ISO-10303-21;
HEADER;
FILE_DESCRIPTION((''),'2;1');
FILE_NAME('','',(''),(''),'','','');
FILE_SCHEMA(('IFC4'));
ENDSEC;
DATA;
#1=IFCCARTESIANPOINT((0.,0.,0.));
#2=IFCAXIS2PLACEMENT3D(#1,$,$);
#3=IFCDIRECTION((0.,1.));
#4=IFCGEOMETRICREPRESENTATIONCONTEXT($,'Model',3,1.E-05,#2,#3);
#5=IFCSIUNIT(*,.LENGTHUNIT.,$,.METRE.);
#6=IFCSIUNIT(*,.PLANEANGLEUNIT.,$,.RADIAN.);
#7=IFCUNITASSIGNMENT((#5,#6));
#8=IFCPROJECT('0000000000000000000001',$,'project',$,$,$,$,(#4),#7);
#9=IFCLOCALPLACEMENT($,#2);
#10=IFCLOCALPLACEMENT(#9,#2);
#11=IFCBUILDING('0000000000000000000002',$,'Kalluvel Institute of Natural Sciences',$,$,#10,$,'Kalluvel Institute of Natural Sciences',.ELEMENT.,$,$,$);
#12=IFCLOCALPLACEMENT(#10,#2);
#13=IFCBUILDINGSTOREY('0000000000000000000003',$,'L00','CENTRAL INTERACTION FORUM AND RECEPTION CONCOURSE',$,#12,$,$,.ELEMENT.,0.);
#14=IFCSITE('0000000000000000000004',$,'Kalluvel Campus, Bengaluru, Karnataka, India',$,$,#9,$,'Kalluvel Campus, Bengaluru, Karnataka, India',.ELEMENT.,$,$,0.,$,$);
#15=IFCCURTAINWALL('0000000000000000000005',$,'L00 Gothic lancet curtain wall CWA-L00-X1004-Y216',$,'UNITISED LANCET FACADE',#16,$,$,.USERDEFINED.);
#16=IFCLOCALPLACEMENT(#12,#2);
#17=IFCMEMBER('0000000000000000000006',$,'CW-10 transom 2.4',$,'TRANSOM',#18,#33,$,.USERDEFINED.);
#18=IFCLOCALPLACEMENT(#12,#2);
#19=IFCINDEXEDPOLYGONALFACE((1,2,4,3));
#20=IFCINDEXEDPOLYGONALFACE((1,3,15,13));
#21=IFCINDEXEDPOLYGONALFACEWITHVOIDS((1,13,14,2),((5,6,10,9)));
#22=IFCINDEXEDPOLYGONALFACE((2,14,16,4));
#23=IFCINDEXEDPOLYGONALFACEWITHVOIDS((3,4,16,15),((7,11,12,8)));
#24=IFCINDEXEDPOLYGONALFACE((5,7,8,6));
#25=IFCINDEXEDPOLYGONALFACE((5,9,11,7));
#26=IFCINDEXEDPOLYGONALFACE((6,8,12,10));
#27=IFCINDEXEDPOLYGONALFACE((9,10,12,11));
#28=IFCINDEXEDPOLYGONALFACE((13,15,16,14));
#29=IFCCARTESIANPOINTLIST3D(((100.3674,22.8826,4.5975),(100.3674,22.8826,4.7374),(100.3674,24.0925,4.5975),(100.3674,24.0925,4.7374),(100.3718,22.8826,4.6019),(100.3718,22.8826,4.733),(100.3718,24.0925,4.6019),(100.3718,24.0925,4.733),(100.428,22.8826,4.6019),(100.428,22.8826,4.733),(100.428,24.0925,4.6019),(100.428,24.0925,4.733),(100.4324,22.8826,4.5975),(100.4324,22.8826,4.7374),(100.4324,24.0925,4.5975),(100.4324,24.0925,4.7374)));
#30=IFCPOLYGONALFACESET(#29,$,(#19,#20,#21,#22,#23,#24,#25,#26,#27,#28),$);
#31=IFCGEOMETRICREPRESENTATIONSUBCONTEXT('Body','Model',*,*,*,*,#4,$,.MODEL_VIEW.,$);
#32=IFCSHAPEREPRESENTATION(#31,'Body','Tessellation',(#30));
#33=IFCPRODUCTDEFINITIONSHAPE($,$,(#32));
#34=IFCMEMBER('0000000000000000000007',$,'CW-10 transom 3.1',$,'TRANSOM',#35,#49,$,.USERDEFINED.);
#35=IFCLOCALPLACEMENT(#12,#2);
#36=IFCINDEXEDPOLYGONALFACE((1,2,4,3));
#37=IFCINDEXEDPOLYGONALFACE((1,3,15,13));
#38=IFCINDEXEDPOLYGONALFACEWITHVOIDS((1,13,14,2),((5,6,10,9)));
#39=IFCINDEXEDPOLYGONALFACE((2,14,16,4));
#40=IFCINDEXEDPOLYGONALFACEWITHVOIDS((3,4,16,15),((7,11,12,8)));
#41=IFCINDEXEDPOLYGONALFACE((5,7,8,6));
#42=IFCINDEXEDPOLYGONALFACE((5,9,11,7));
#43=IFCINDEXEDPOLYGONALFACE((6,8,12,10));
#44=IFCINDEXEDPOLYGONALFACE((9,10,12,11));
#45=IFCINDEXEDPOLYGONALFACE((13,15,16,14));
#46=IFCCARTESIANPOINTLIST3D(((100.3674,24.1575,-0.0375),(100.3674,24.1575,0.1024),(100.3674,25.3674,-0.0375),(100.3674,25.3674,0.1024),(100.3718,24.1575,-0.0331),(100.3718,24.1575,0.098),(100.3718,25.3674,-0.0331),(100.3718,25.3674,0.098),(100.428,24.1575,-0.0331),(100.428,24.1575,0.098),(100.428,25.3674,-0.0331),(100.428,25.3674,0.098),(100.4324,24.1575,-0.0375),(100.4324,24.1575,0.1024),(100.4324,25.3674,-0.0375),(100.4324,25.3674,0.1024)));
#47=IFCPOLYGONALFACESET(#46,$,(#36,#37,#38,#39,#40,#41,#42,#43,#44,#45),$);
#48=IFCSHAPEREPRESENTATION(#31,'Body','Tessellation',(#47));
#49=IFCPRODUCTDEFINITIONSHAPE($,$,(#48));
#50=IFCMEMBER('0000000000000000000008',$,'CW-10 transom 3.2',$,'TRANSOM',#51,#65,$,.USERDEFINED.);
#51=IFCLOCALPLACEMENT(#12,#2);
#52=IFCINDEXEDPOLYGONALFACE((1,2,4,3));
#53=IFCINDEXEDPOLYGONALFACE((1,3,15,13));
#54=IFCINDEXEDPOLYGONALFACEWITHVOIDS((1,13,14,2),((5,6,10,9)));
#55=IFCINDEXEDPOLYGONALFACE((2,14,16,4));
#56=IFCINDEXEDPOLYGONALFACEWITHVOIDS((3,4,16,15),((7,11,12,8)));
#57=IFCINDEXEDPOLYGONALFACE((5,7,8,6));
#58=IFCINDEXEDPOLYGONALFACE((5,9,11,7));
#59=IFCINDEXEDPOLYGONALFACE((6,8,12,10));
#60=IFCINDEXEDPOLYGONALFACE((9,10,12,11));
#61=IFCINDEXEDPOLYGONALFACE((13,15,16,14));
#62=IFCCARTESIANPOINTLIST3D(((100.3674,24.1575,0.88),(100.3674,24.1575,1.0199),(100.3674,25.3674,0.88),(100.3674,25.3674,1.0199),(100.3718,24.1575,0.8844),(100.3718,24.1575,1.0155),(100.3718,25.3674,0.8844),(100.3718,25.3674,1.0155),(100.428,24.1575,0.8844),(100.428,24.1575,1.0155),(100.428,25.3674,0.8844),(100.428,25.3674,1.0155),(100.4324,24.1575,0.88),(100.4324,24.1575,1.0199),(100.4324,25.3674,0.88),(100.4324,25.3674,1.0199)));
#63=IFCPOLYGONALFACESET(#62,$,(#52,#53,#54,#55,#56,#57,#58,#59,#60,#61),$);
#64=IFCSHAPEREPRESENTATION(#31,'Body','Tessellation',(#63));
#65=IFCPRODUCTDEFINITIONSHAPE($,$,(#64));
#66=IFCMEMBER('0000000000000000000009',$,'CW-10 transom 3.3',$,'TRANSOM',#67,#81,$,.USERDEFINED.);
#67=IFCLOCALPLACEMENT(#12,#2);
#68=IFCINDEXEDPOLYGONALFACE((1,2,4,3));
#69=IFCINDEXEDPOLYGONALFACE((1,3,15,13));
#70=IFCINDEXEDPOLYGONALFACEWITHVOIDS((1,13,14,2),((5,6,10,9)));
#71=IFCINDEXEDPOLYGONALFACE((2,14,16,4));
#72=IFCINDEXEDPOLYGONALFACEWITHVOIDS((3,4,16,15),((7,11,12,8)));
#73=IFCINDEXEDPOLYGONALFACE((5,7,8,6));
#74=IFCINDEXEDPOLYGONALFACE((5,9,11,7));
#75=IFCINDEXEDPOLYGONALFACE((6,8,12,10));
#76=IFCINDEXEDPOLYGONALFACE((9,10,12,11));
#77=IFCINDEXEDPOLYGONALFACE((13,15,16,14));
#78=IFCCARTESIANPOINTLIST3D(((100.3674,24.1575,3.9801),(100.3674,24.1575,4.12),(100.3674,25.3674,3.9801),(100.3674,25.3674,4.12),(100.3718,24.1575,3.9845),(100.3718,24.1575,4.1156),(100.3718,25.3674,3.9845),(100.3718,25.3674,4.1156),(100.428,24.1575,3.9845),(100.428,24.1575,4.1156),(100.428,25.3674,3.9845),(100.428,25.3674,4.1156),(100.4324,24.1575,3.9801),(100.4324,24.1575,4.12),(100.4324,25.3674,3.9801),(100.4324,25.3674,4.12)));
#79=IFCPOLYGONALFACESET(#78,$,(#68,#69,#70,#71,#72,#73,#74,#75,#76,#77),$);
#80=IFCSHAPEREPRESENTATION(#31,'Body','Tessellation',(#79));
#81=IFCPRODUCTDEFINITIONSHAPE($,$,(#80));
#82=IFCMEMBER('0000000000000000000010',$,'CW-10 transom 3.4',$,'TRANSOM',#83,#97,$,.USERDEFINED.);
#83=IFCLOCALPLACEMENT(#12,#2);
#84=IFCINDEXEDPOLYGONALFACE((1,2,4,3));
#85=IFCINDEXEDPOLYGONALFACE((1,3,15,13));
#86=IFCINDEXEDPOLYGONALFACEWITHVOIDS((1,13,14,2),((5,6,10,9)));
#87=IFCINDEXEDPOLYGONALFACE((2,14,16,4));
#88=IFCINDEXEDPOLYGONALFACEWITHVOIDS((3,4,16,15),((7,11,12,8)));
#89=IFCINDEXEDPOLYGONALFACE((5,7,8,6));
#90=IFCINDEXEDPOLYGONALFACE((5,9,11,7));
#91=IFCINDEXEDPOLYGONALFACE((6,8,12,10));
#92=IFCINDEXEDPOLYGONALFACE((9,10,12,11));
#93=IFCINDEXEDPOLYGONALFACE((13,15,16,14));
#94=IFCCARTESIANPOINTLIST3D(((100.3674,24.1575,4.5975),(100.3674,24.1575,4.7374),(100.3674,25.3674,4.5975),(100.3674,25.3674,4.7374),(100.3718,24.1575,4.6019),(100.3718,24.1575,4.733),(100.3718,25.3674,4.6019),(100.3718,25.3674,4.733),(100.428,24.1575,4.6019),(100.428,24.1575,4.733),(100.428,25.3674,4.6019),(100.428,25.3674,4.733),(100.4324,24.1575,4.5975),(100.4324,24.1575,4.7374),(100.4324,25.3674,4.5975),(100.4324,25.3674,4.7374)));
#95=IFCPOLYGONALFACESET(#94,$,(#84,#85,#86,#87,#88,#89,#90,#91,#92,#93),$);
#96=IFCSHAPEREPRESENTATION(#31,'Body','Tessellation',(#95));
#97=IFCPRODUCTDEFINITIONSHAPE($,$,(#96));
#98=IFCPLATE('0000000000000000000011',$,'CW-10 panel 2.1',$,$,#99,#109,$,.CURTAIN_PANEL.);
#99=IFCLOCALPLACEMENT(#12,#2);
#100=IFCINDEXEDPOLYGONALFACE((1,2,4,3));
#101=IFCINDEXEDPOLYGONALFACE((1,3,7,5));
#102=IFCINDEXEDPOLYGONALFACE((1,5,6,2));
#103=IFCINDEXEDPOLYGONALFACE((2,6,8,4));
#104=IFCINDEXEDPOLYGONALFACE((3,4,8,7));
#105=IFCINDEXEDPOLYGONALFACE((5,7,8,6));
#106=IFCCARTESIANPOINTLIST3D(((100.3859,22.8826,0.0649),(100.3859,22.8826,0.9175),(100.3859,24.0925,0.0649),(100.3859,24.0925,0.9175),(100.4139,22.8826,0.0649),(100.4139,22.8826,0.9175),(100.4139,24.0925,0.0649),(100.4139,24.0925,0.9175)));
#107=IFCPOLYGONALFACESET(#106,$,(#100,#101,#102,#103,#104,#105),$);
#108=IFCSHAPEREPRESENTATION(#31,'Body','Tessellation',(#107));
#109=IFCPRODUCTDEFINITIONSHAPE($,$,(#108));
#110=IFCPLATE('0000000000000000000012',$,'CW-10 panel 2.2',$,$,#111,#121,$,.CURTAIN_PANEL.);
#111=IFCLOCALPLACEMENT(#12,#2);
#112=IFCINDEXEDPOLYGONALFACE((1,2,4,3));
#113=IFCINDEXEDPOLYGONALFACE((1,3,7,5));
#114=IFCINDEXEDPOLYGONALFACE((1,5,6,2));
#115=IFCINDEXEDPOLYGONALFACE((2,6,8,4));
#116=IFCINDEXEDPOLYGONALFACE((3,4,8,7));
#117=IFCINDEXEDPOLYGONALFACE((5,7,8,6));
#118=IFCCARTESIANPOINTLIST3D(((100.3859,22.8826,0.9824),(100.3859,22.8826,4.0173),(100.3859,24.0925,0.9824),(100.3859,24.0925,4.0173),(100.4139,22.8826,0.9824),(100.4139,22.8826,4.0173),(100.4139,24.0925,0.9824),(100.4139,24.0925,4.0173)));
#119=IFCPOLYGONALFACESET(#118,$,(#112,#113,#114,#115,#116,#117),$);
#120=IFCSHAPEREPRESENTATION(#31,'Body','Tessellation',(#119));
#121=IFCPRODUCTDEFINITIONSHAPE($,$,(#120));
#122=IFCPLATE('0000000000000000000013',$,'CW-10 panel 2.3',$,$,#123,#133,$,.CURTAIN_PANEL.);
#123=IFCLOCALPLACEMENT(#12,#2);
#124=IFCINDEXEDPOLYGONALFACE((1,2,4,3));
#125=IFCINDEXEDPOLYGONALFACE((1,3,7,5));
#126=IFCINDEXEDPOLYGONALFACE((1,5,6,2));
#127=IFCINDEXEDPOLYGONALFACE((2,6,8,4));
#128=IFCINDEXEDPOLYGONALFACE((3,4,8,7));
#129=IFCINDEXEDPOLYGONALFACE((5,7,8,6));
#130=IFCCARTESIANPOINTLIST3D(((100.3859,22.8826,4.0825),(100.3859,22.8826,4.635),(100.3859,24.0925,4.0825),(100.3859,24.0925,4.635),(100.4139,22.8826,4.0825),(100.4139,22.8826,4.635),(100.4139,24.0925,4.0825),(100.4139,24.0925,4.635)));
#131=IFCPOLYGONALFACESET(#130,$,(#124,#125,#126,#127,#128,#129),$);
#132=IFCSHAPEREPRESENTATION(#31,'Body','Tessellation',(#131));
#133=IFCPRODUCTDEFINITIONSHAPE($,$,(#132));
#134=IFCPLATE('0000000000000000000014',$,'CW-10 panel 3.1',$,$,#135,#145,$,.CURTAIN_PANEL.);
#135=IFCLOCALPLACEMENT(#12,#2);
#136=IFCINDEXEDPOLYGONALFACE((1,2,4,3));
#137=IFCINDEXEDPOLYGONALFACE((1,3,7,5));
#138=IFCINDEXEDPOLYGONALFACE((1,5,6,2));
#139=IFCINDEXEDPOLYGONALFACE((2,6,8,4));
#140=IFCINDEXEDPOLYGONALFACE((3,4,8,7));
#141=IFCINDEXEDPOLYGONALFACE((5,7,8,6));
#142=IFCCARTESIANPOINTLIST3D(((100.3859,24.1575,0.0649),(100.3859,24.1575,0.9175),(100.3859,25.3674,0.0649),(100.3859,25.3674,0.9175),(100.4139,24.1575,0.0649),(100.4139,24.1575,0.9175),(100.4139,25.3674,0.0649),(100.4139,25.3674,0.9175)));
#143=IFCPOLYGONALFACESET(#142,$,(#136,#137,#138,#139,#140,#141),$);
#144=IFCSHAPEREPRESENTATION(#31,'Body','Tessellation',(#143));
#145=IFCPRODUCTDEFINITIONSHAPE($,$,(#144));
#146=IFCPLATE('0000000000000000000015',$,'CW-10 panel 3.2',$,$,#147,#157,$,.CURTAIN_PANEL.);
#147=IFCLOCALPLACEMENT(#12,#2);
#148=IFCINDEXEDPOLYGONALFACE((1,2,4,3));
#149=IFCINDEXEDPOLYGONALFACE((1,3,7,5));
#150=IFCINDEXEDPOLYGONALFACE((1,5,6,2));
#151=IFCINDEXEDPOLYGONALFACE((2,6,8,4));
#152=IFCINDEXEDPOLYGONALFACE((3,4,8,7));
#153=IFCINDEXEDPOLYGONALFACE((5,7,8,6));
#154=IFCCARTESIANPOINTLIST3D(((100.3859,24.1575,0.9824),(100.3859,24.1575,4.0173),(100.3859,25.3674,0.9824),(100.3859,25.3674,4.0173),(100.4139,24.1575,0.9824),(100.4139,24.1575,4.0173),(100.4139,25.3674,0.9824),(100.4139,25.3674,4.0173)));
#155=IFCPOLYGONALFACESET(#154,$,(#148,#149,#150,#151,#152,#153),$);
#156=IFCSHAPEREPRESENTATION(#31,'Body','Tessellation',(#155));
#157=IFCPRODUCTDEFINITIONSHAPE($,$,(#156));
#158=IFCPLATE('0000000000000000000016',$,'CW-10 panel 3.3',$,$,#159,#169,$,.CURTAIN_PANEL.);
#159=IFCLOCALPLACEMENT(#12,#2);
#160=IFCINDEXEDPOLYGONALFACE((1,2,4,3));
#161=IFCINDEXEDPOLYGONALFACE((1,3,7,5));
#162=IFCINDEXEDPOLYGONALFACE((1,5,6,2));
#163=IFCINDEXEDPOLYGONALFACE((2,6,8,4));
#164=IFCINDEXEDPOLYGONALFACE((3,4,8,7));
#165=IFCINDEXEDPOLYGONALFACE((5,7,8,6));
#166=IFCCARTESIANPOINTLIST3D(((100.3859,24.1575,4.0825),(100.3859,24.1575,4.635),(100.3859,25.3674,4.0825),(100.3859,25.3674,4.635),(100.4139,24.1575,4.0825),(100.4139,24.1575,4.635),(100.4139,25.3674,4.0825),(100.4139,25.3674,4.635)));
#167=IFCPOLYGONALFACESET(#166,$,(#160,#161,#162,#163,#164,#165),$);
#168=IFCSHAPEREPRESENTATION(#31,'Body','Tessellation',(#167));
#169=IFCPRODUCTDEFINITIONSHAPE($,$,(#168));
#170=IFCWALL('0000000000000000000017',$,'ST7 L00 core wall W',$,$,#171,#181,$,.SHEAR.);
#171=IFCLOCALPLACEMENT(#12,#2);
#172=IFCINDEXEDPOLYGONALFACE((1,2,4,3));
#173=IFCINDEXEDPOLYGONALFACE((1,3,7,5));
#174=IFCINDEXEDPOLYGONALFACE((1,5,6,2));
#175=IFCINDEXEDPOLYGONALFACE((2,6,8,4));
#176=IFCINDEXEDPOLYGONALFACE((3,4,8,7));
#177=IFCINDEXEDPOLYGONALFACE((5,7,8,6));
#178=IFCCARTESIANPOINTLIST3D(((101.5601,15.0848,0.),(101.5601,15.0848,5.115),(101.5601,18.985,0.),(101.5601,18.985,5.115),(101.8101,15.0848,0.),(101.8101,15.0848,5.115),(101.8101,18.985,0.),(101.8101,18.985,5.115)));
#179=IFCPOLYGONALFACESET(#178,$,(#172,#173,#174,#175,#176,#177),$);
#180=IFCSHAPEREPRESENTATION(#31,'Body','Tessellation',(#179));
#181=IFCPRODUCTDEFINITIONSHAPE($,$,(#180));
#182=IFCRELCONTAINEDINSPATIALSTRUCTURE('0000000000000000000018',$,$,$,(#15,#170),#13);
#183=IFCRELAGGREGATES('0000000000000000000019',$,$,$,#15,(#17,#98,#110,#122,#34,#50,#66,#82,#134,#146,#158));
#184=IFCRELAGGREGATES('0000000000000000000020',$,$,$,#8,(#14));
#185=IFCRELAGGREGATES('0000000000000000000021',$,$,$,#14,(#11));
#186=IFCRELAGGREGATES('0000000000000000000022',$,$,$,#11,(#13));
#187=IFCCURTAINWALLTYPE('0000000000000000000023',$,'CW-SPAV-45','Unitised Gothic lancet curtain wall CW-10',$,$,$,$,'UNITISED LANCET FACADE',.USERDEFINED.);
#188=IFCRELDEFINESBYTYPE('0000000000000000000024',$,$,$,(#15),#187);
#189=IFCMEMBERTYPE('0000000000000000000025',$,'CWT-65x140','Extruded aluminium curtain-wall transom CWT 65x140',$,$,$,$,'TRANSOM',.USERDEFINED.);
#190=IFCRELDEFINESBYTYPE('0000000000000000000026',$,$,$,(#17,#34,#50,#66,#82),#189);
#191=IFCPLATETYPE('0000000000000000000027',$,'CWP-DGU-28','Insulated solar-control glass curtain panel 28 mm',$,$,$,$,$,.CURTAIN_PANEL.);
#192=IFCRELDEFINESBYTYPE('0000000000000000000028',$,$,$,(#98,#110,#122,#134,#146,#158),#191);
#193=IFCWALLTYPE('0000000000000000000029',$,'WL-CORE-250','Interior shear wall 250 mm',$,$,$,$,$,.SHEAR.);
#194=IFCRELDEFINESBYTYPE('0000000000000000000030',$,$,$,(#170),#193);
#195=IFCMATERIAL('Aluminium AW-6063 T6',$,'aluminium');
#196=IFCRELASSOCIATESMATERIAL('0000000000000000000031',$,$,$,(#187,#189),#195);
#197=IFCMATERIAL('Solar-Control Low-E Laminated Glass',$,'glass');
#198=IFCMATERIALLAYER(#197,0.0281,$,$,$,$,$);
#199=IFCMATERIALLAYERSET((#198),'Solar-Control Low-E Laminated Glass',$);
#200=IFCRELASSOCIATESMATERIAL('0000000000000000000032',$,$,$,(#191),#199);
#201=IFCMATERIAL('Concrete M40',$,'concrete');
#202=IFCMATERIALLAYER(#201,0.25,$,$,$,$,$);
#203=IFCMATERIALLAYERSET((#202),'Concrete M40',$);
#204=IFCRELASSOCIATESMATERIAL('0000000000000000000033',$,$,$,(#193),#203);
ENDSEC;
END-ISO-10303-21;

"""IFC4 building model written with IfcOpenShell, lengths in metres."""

from ifc_helpers import new_model, si_unit, direction, frame, frame_2d, origin, origin_2d, place, context, subcontext, project, spatial, rectangle, hollow_rectangle, extrude, material, layer, layer_set, material_profile, profile_set, type_object, element, aggregate, save


model = new_model("IFC4")

# Units and contexts
model_context = context("Model", 3, precision=1e-05, world=origin(), true_north=direction((0.0, 1.0)))
body_context = subcontext(model_context, "Body", "Model", "MODEL_VIEW")
ifc_project = project(units=[si_unit("LENGTHUNIT", "METRE"), si_unit("PLANEANGLEUNIT", "RADIAN")], contexts=[model_context])

# Site, building, storey
site_placement = place(None, origin())
site = spatial("IfcSite", under=ifc_project, at=site_placement, Name="Kalluvel Campus, Bengaluru, Karnataka, India", LongName="Kalluvel Campus, Bengaluru, Karnataka, India", CompositionType="ELEMENT", RefElevation=0.0)
building_placement = place(site_placement, origin())
building = spatial("IfcBuilding", under=site, at=building_placement, Name="Kalluvel Institute of Natural Sciences", LongName="Kalluvel Institute of Natural Sciences", CompositionType="ELEMENT")
storey_placement = place(building_placement, origin())
storey = spatial("IfcBuildingStorey", under=building, at=storey_placement, Name="L00", Description="CENTRAL INTERACTION FORUM AND RECEPTION CONCOURSE", CompositionType="ELEMENT", Elevation=0.0)

# Shared definitions
ifc_material_1 = material(Name="Concrete M40", Category="concrete")

# Curtain wall, members, plates
ifc_material_2 = material(Name="Aluminium AW-6063 T6", Category="aluminium")
curtain_wall_type = type_object("IfcCurtainWallType", Name="CW-SPAV-45", Description="Unitised Gothic lancet curtain wall CW-10", ElementType="UNITISED LANCET FACADE", PredefinedType="USERDEFINED", material=ifc_material_2)
curtain_wall_placement = place(storey_placement, origin())
curtain_wall = element("IfcCurtainWall", 1, at=curtain_wall_placement, inside=storey, type_object=curtain_wall_type, Name="L00 Gothic lancet curtain wall CWA-L00-X1004-Y216", ObjectType="UNITISED LANCET FACADE", PredefinedType="USERDEFINED")
ifc_material_profile_1 = material_profile(ifc_material_2, hollow_rectangle(XDim=0.0649, YDim=0.1399, WallThickness=0.0044, at=origin_2d()), Name="CWT 65x140")
ifc_profile_set_1 = profile_set([ifc_material_profile_1], Name="Aluminium AW-6063 T6")
member_type_1 = type_object("IfcMemberType", Name="CWT-65x140", Description="Extruded aluminium curtain-wall transom CWT 65x140", ElementType="TRANSOM", PredefinedType="USERDEFINED", material=ifc_profile_set_1)
member_1_placement = place(storey_placement, frame((100.3999, 22.8826, 4.6675), z_axis=(0.0, 1.0, 0.0), x_axis=(-1.0, 0.0, 0.0)))
member_1 = element("IfcMember", 2, at=member_1_placement, type_object=member_type_1, Name="CW-10 transom 2.4", ObjectType="TRANSOM", PredefinedType="USERDEFINED", context=body_context, shape_type="SweptSolid", body=[
    extrude(hollow_rectangle(XDim=0.0649, YDim=0.1399, WallThickness=0.0044, at=origin_2d()), origin(), (0.0, 0.0, 1.0), 1.21),
])
member_2_placement = place(storey_placement, frame((100.3999, 24.1575, 0.0325), z_axis=(0.0, 1.0, 0.0), x_axis=(-1.0, 0.0, 0.0)))
member_2 = element("IfcMember", 3, at=member_2_placement, type_object=member_type_1, Name="CW-10 transom 3.1", ObjectType="TRANSOM", PredefinedType="USERDEFINED", context=body_context, shape_type="SweptSolid", body=[
    extrude(hollow_rectangle(XDim=0.0649, YDim=0.1399, WallThickness=0.0044, at=origin_2d()), origin(), (0.0, 0.0, 1.0), 1.21),
])
member_3_placement = place(storey_placement, frame((100.3999, 24.1575, 0.95), z_axis=(0.0, 1.0, 0.0), x_axis=(-1.0, 0.0, 0.0)))
member_3 = element("IfcMember", 4, at=member_3_placement, type_object=member_type_1, Name="CW-10 transom 3.2", ObjectType="TRANSOM", PredefinedType="USERDEFINED", context=body_context, shape_type="SweptSolid", body=[
    extrude(hollow_rectangle(XDim=0.0649, YDim=0.1399, WallThickness=0.0044, at=origin_2d()), origin(), (0.0, 0.0, 1.0), 1.21),
])
member_4_placement = place(storey_placement, frame((100.3999, 24.1575, 4.05), z_axis=(0.0, 1.0, 0.0), x_axis=(-1.0, 0.0, 0.0)))
member_4 = element("IfcMember", 5, at=member_4_placement, type_object=member_type_1, Name="CW-10 transom 3.3", ObjectType="TRANSOM", PredefinedType="USERDEFINED", context=body_context, shape_type="SweptSolid", body=[
    extrude(hollow_rectangle(XDim=0.0649, YDim=0.1399, WallThickness=0.0044, at=origin_2d()), origin(), (0.0, 0.0, 1.0), 1.21),
])
member_5_placement = place(storey_placement, frame((100.3999, 24.1575, 4.6675), z_axis=(0.0, 1.0, 0.0), x_axis=(-1.0, 0.0, 0.0)))
member_5 = element("IfcMember", 6, at=member_5_placement, type_object=member_type_1, Name="CW-10 transom 3.4", ObjectType="TRANSOM", PredefinedType="USERDEFINED", context=body_context, shape_type="SweptSolid", body=[
    extrude(hollow_rectangle(XDim=0.0649, YDim=0.1399, WallThickness=0.0044, at=origin_2d()), origin(), (0.0, 0.0, 1.0), 1.21),
])
ifc_material_3 = material(Name="Solar-Control Low-E Laminated Glass", Category="glass")
ifc_layer_1 = layer(ifc_material_3, 0.0281)
ifc_layer_set_1 = layer_set([ifc_layer_1], Name="Solar-Control Low-E Laminated Glass")
plate_type = type_object("IfcPlateType", Name="CWP-DGU-28", Description="Insulated solar-control glass curtain panel 28 mm", PredefinedType="CURTAIN_PANEL", material=ifc_layer_set_1)
plate_1_placement = place(storey_placement, frame((100.3999, 23.4875, 0.0649), z_axis=(0.0, 0.0, 1.0), x_axis=(0.0, 1.0, 0.0)))
plate_1 = element("IfcPlate", 7, at=plate_1_placement, type_object=plate_type, Name="CW-10 panel 2.1", PredefinedType="CURTAIN_PANEL", context=body_context, shape_type="SweptSolid", body=[
    extrude(rectangle(XDim=1.21, YDim=0.0281, at=origin_2d()), origin(), (0.0, 0.0, 1.0), 0.8525),
])
plate_2_placement = place(storey_placement, frame((100.3999, 23.4875, 0.9824), z_axis=(0.0, 0.0, 1.0), x_axis=(0.0, 1.0, 0.0)))
plate_2 = element("IfcPlate", 8, at=plate_2_placement, type_object=plate_type, Name="CW-10 panel 2.2", PredefinedType="CURTAIN_PANEL", context=body_context, shape_type="SweptSolid", body=[
    extrude(rectangle(XDim=1.21, YDim=0.0281, at=origin_2d()), origin(), (0.0, 0.0, 1.0), 3.0349),
])
plate_3_placement = place(storey_placement, frame((100.3999, 23.4875, 4.0825), z_axis=(0.0, 0.0, 1.0), x_axis=(0.0, 1.0, 0.0)))
plate_3 = element("IfcPlate", 9, at=plate_3_placement, type_object=plate_type, Name="CW-10 panel 2.3", PredefinedType="CURTAIN_PANEL", context=body_context, shape_type="SweptSolid", body=[
    extrude(rectangle(XDim=1.21, YDim=0.0281, at=origin_2d()), origin(), (0.0, 0.0, 1.0), 0.5525),
])
plate_4_placement = place(storey_placement, frame((100.3999, 24.7625, 0.0649), z_axis=(0.0, 0.0, 1.0), x_axis=(0.0, 1.0, 0.0)))
plate_4 = element("IfcPlate", 10, at=plate_4_placement, type_object=plate_type, Name="CW-10 panel 3.1", PredefinedType="CURTAIN_PANEL", context=body_context, shape_type="SweptSolid", body=[
    extrude(rectangle(XDim=1.21, YDim=0.0281, at=origin_2d()), origin(), (0.0, 0.0, 1.0), 0.8525),
])
plate_5_placement = place(storey_placement, frame((100.3999, 24.7625, 0.9824), z_axis=(0.0, 0.0, 1.0), x_axis=(0.0, 1.0, 0.0)))
plate_5 = element("IfcPlate", 11, at=plate_5_placement, type_object=plate_type, Name="CW-10 panel 3.2", PredefinedType="CURTAIN_PANEL", context=body_context, shape_type="SweptSolid", body=[
    extrude(rectangle(XDim=1.21, YDim=0.0281, at=origin_2d()), origin(), (0.0, 0.0, 1.0), 3.0349),
])
plate_6_placement = place(storey_placement, frame((100.3999, 24.7625, 4.0825), z_axis=(0.0, 0.0, 1.0), x_axis=(0.0, 1.0, 0.0)))
plate_6 = element("IfcPlate", 12, at=plate_6_placement, type_object=plate_type, Name="CW-10 panel 3.3", PredefinedType="CURTAIN_PANEL", context=body_context, shape_type="SweptSolid", body=[
    extrude(rectangle(XDim=1.21, YDim=0.0281, at=origin_2d()), origin(), (0.0, 0.0, 1.0), 0.5525),
])
aggregate(curtain_wall, [member_1, plate_1, plate_2, plate_3, member_2, member_3, member_4, member_5, plate_4, plate_5, plate_6])

# Wall
ifc_layer_2 = layer(ifc_material_1, 0.25)
ifc_layer_set_2 = layer_set([ifc_layer_2], Name="Concrete M40")
wall_type_1 = type_object("IfcWallType", Name="WL-CORE-250", Description="Interior shear wall 250 mm", PredefinedType="SHEAR", material=ifc_layer_set_2)
wall_1_placement = place(storey_placement, frame((101.6851, 18.9851, 0.0), z_axis=(0.0, 0.0, 1.0), x_axis=(0.0, -1.0, 0.0)))
element("IfcWall", 13, at=wall_1_placement, inside=storey, type_object=wall_type_1, Name="ST7 L00 core wall W", PredefinedType="SHEAR", context=body_context, shape_type="SweptSolid", body=[
    extrude(rectangle(XDim=3.9001, YDim=0.25, at=frame_2d((1.9502, 0.0))), origin(), (0.0, 0.0, 1.0), 5.115),
])

save(model, "model.ifc")
